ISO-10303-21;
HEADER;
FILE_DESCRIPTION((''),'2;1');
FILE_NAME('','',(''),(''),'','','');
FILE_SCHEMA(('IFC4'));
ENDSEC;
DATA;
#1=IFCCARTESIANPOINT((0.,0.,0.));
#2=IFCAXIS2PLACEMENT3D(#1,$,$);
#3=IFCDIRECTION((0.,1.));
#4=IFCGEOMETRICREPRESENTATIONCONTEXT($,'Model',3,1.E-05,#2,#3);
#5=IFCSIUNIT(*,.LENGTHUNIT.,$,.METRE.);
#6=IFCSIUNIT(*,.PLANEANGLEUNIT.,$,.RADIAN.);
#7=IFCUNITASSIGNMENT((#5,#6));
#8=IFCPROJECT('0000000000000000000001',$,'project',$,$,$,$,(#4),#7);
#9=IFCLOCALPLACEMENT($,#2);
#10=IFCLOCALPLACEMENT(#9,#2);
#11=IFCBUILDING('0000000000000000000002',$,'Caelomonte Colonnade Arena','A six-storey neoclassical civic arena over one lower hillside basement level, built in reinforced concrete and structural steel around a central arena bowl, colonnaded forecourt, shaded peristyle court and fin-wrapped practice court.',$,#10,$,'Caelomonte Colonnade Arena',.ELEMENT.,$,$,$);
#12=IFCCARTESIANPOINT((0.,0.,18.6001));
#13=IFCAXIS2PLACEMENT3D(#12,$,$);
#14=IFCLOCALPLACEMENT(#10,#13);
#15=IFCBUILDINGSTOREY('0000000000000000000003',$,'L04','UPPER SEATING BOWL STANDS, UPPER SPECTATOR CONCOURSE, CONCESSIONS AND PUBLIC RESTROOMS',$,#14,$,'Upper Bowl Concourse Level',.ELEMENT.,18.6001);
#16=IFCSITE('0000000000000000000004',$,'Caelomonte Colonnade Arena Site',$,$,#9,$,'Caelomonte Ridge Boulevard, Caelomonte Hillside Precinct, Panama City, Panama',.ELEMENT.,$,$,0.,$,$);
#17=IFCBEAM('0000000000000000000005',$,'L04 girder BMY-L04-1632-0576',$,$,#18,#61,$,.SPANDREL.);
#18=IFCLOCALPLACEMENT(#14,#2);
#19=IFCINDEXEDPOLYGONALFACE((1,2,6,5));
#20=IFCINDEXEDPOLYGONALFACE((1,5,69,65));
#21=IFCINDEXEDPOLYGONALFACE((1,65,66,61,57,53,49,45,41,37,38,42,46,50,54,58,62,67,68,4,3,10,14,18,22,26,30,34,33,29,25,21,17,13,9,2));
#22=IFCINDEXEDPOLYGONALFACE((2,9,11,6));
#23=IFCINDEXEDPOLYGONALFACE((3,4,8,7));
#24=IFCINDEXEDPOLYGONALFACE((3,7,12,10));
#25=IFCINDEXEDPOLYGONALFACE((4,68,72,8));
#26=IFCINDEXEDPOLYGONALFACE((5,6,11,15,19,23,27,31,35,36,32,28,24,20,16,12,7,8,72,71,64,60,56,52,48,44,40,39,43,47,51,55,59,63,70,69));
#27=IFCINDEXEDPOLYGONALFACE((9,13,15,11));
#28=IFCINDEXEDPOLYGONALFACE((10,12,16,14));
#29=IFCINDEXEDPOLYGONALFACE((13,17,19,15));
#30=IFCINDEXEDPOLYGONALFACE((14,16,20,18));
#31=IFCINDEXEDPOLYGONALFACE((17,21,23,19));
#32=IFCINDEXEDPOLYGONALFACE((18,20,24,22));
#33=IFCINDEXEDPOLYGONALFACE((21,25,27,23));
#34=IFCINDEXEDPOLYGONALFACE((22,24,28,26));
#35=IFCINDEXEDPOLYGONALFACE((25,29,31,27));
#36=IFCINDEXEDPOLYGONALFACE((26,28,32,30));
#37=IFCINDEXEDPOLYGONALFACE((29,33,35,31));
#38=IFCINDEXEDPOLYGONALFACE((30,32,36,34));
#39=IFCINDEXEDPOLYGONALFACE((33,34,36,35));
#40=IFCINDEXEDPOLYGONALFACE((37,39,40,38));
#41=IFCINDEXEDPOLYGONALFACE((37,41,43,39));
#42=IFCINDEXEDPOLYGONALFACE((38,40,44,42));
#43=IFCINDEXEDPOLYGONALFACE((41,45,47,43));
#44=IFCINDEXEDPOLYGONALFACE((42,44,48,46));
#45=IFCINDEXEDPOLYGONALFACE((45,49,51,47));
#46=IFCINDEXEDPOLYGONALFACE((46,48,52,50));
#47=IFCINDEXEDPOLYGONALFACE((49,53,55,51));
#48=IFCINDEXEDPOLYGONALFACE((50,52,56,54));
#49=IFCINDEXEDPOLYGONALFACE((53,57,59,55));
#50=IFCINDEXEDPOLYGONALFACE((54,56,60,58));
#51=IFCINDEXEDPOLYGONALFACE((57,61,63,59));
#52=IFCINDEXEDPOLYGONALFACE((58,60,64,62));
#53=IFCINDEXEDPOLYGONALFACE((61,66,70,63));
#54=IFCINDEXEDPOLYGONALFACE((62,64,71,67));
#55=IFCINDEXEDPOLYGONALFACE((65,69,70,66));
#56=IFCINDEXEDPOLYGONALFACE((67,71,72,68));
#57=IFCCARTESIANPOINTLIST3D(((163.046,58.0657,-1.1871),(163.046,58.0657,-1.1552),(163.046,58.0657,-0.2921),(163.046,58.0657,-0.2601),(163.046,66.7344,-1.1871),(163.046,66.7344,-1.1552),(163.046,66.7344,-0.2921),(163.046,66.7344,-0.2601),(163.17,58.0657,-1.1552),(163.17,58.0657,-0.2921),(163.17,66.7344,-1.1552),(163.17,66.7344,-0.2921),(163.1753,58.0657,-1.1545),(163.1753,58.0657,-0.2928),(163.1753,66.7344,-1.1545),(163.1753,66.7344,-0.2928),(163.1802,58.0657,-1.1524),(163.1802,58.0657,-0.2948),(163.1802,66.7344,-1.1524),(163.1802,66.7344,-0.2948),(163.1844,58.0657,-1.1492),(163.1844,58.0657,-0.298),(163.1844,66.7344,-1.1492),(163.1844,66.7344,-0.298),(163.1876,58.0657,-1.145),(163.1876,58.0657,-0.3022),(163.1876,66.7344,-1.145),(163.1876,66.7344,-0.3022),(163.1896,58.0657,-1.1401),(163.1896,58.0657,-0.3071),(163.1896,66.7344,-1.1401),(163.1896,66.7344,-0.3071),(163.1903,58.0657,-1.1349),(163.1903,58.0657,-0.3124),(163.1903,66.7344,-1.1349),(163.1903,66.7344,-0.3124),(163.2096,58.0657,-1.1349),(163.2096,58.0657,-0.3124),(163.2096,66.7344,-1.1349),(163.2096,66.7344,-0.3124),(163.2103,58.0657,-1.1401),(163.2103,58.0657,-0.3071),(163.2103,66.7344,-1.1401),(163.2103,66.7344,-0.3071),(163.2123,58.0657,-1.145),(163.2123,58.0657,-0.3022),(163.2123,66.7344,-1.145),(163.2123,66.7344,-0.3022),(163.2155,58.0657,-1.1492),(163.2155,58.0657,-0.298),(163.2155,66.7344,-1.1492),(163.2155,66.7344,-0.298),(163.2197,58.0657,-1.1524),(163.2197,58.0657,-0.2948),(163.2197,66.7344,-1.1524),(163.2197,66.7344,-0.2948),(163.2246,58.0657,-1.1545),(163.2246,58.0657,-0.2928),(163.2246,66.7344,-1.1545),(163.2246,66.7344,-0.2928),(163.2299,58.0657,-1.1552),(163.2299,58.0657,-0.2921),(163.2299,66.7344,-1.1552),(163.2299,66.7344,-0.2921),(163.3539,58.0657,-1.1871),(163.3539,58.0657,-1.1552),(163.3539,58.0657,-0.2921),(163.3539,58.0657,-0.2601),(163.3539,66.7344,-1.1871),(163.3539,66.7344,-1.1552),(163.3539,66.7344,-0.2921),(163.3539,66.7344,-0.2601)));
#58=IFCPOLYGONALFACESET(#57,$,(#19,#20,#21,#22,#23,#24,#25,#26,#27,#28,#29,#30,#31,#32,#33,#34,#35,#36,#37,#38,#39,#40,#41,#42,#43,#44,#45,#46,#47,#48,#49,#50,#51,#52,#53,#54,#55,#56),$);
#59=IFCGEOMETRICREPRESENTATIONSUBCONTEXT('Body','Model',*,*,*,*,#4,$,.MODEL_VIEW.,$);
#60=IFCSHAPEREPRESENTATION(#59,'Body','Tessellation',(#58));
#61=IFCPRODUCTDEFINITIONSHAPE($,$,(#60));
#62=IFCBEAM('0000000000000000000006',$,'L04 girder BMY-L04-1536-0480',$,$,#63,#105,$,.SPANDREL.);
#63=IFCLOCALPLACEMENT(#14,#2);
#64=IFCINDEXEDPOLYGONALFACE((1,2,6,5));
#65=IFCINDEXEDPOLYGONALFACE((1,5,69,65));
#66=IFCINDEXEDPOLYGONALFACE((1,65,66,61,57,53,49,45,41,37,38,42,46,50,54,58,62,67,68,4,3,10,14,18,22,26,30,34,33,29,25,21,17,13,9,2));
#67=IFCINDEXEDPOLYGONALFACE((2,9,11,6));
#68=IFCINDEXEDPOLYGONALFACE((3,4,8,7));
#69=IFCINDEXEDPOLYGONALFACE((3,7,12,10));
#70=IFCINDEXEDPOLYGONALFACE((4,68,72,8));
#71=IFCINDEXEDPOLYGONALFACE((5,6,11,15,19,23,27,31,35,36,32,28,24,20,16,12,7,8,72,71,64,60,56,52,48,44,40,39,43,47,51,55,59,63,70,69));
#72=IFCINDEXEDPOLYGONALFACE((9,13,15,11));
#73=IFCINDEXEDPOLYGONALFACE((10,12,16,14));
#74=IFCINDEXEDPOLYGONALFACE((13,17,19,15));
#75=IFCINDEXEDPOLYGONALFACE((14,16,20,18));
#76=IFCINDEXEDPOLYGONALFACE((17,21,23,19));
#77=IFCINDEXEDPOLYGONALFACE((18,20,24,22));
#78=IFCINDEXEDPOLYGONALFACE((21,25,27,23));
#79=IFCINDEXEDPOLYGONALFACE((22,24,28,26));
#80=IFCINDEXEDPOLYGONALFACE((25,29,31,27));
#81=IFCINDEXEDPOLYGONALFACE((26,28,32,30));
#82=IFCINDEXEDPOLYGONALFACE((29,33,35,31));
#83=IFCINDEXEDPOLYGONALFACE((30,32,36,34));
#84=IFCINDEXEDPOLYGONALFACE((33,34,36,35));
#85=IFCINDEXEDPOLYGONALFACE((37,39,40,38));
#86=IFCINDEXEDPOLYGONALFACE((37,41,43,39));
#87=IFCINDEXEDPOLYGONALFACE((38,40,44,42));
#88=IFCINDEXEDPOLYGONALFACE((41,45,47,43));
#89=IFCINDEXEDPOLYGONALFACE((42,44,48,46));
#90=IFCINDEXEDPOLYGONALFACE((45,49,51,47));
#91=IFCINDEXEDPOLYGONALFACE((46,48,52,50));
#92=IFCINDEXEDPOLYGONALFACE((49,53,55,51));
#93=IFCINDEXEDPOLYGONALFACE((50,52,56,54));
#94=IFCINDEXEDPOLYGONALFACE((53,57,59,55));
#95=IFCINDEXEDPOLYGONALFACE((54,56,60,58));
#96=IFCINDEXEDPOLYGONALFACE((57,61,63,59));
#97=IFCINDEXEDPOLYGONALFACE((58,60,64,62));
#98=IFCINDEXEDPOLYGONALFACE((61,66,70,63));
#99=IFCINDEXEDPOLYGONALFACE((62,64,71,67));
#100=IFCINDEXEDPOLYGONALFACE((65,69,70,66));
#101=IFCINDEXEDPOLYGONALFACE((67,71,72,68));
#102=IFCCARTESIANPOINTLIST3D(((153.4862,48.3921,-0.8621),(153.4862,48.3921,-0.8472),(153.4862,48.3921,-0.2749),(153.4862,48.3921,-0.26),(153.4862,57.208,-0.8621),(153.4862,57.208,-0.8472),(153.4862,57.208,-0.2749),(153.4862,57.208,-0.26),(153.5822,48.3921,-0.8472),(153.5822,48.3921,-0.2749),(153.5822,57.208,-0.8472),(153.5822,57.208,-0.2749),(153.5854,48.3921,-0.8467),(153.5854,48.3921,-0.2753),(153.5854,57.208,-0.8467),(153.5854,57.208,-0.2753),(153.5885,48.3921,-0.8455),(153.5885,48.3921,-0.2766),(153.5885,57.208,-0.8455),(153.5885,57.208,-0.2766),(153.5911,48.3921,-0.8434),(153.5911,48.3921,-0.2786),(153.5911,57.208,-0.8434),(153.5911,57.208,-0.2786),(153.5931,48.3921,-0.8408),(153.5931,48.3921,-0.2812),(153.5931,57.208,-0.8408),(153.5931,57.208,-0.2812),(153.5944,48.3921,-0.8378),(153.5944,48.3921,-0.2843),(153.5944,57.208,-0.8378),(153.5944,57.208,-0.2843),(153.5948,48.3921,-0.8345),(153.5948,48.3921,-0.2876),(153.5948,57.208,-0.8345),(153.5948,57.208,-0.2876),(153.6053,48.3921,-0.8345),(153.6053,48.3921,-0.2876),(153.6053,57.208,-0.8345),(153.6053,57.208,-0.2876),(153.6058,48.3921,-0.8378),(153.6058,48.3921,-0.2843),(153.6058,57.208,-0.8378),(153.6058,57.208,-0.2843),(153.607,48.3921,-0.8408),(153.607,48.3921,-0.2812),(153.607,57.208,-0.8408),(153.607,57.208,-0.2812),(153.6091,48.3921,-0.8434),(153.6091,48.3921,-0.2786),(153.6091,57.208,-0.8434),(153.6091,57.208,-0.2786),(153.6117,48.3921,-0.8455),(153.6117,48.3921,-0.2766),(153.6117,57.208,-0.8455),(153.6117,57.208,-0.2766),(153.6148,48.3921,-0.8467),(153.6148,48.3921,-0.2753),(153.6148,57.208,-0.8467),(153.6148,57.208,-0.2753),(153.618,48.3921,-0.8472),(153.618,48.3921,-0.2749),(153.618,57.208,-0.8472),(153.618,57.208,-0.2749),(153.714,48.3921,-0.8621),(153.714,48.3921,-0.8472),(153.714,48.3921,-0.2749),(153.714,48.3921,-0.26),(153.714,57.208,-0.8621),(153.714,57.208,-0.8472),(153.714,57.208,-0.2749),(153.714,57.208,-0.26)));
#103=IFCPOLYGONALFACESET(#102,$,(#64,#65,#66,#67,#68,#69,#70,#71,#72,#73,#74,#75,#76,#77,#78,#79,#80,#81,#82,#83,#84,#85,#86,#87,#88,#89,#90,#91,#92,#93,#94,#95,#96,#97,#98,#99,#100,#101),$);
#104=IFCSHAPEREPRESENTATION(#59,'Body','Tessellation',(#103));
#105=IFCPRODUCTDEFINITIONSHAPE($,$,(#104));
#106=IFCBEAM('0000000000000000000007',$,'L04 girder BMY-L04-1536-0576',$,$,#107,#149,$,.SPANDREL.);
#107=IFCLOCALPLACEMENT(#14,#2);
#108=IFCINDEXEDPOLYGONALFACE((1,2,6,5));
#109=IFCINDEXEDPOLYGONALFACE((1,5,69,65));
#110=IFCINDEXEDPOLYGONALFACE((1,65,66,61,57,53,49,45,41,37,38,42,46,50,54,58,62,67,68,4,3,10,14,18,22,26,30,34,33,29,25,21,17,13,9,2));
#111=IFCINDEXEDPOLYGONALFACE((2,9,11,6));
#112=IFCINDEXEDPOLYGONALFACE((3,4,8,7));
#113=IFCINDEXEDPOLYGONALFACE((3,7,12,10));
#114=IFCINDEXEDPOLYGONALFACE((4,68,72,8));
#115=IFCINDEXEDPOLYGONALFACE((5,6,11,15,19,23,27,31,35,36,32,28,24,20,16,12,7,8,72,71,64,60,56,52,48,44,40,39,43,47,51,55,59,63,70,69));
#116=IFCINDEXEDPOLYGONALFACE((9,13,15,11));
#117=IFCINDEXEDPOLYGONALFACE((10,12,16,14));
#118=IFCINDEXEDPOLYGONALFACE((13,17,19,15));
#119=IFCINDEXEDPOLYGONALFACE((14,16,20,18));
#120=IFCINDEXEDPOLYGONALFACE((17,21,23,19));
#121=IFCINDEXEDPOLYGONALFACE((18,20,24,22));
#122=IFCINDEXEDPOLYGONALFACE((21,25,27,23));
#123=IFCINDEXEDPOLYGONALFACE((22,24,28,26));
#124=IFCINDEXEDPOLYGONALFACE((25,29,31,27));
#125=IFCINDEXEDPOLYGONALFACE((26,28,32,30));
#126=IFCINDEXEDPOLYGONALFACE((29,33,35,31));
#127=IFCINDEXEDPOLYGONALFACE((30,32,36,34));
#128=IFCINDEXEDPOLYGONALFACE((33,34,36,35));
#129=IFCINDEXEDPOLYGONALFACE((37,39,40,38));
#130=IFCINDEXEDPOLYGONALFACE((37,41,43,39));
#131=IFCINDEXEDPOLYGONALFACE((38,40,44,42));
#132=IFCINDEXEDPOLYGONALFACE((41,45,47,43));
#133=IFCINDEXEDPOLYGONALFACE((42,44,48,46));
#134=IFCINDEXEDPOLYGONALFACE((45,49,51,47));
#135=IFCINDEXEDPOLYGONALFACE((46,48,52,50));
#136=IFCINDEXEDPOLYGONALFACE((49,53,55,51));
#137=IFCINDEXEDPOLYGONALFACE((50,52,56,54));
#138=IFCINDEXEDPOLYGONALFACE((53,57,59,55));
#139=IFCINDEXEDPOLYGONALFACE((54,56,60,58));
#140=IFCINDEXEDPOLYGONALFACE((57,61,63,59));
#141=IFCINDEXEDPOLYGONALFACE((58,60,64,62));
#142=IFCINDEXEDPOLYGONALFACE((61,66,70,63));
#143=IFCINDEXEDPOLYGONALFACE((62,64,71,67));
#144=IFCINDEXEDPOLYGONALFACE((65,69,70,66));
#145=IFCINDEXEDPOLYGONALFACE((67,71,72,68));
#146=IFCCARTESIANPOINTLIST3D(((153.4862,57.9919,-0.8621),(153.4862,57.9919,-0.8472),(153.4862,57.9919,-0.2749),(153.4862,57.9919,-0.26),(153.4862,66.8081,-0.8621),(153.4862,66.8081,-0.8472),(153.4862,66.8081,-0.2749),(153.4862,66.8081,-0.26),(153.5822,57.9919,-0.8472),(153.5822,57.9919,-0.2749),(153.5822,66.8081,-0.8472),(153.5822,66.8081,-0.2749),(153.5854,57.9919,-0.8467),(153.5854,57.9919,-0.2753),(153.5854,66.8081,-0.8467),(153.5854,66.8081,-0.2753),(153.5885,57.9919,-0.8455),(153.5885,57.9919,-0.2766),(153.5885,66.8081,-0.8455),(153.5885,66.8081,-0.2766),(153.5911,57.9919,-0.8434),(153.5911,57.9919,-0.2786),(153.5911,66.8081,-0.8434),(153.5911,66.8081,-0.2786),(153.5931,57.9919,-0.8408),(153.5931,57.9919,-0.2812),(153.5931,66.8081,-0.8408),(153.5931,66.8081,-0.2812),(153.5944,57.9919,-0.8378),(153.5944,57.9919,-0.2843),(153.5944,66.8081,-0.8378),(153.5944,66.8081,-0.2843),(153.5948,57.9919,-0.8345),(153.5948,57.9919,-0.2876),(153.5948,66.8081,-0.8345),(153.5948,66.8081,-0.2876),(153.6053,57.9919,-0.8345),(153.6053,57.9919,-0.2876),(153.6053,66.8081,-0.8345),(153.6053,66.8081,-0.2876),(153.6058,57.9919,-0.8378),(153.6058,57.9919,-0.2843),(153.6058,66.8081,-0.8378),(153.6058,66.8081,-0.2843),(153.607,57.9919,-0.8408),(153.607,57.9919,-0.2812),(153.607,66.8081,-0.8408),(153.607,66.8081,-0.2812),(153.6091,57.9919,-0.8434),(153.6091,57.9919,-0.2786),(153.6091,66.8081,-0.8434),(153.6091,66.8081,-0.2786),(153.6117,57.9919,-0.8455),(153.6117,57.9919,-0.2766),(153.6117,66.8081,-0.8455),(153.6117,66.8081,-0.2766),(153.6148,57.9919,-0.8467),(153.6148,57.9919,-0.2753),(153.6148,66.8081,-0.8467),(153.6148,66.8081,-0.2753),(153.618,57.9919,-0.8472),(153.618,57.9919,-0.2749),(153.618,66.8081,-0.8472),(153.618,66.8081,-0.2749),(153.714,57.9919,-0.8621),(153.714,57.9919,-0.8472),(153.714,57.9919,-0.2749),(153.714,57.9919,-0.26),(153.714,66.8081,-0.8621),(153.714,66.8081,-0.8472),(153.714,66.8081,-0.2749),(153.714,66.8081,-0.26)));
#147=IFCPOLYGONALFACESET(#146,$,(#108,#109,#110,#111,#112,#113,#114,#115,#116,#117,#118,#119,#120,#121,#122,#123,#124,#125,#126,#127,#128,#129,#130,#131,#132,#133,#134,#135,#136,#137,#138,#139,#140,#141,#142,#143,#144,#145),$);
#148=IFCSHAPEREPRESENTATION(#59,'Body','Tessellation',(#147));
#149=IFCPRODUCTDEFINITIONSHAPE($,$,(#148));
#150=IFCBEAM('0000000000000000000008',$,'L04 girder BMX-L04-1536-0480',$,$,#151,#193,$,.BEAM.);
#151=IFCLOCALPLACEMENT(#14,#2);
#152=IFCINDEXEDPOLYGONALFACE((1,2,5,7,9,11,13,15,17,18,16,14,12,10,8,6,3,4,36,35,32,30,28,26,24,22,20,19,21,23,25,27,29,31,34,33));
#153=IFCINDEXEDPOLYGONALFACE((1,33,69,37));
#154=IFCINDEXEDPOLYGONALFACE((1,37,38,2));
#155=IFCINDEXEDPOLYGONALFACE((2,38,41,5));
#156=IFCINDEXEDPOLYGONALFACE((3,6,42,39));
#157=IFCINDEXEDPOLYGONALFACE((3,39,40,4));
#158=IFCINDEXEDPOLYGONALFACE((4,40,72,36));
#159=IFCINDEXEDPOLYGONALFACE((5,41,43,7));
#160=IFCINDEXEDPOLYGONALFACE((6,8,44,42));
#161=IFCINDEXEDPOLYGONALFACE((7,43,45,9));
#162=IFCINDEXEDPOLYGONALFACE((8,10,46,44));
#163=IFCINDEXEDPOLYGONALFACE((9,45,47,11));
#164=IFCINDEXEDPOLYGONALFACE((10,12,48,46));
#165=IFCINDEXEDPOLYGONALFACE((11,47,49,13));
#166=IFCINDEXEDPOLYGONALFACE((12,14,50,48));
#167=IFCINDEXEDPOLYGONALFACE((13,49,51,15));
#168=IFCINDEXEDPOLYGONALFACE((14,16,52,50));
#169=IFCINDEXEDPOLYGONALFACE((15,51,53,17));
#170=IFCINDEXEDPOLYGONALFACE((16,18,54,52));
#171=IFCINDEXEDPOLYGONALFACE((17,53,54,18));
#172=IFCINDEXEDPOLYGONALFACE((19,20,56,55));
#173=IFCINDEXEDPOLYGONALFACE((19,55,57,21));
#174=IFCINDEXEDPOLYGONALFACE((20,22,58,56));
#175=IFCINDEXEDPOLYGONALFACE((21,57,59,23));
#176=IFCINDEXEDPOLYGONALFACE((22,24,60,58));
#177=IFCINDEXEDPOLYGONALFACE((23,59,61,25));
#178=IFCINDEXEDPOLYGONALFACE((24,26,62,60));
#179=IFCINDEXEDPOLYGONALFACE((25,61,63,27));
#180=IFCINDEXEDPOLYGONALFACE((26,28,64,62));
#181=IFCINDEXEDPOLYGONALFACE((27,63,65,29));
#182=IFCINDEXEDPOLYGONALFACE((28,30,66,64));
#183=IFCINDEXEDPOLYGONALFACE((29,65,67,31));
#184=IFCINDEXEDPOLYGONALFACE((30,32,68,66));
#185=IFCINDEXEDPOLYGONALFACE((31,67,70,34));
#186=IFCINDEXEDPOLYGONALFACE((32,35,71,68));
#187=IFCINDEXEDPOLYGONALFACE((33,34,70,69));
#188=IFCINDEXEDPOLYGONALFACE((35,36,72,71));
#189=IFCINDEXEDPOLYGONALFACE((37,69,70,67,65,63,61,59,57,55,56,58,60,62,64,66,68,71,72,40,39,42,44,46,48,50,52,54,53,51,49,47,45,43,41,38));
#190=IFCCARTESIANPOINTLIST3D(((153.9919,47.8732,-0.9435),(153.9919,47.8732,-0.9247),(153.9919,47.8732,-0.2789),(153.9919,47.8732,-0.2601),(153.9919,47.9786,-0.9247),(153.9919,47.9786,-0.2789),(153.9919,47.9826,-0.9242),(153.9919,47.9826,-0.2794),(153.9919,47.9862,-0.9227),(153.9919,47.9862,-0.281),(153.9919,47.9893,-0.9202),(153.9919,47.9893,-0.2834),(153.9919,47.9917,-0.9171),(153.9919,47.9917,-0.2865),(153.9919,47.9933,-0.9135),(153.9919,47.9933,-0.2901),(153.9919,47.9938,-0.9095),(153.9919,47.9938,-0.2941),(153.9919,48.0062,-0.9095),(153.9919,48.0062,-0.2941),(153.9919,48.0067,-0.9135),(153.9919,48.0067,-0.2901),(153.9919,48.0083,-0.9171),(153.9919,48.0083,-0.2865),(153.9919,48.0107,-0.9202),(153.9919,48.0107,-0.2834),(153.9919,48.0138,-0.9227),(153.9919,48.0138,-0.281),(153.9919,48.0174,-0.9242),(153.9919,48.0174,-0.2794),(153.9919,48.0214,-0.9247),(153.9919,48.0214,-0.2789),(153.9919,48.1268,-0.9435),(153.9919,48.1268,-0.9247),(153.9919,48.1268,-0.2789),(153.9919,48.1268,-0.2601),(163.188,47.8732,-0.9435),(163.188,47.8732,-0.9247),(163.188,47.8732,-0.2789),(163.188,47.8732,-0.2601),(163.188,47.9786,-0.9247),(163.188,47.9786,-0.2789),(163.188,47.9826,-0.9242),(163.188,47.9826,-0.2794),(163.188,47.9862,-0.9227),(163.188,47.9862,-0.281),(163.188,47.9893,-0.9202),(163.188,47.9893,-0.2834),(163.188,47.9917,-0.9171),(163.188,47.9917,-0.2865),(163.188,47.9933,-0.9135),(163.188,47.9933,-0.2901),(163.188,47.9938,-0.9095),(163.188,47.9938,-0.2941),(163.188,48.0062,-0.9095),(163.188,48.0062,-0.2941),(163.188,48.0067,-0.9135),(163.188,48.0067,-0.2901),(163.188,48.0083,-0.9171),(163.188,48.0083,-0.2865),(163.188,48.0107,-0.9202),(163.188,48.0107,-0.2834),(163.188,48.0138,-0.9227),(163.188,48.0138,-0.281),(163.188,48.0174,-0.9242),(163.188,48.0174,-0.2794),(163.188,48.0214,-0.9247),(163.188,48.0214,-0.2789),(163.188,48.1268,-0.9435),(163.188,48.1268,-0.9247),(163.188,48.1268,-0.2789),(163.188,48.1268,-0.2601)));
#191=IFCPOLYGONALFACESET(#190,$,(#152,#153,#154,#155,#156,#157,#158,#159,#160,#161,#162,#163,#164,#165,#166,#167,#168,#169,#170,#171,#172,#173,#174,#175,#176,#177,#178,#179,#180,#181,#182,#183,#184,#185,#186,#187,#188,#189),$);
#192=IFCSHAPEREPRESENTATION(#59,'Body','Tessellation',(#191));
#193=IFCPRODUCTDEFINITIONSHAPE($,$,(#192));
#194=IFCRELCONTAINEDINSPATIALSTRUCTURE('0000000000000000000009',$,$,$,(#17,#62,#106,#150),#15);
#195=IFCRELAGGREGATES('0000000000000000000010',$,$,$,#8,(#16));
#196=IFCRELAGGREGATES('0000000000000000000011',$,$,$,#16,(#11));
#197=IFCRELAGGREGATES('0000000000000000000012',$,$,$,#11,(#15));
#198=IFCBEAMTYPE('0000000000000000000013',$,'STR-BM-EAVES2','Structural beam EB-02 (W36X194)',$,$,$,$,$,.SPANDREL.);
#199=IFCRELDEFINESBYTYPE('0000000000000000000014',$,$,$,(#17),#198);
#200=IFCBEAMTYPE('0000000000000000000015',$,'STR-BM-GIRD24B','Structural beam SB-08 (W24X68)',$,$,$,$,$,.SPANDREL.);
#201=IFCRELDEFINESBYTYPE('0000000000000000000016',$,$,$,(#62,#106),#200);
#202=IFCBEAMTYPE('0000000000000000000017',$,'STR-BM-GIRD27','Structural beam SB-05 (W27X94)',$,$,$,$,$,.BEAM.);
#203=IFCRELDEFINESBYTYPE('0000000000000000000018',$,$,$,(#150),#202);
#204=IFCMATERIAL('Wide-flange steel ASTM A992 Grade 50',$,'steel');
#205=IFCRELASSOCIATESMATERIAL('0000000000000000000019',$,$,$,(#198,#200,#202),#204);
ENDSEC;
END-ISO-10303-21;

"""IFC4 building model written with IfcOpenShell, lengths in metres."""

from ifc_helpers import new_model, si_unit, direction, frame, origin, origin_2d, place, context, subcontext, project, spatial, i_section, extrude, material, material_profile, profile_set, type_object, element, save


model = new_model("IFC4")

# Units and contexts
model_context = context("Model", 3, precision=1e-05, world=origin(), true_north=direction((0.0, 1.0)))
body_context = subcontext(model_context, "Body", "Model", "MODEL_VIEW")
ifc_project = project(units=[si_unit("LENGTHUNIT", "METRE"), si_unit("PLANEANGLEUNIT", "RADIAN")], contexts=[model_context])

# Site, building, storey
site_placement = place(None, origin())
site = spatial("IfcSite", under=ifc_project, at=site_placement, Name="Caelomonte Colonnade Arena Site", LongName="Caelomonte Ridge Boulevard, Caelomonte Hillside Precinct, Panama City, Panama", CompositionType="ELEMENT", RefElevation=0.0)
building_placement = place(site_placement, origin())
building = spatial("IfcBuilding", under=site, at=building_placement, Name="Caelomonte Colonnade Arena", Description="A six-storey neoclassical civic arena over one lower hillside basement level, built in reinforced concrete and structural steel around a central arena bowl, colonnaded forecourt, shaded peristyle court and fin-wrapped practice court.", LongName="Caelomonte Colonnade Arena", CompositionType="ELEMENT")
storey_placement = place(building_placement, frame((0.0, 0.0, 18.6001)))
storey = spatial("IfcBuildingStorey", under=building, at=storey_placement, Name="L04", Description="UPPER SEATING BOWL STANDS, UPPER SPECTATOR CONCOURSE, CONCESSIONS AND PUBLIC RESTROOMS", LongName="Upper Bowl Concourse Level", CompositionType="ELEMENT", Elevation=18.6001)

# Shared definitions
ifc_material_1 = material(Name="Wide-flange steel ASTM A992 Grade 50", Category="steel")

# Beams
ifc_material_profile_1 = material_profile(ifc_material_1, i_section(OverallWidth=0.3079, OverallDepth=0.927, WebThickness=0.0193, FlangeThickness=0.032, FilletRadius=0.0203, at=origin_2d()), Name="W36X194")
ifc_profile_set_1 = profile_set([ifc_material_profile_1], Name="Wide-flange steel ASTM A992 Grade 50")
beam_type_1 = type_object("IfcBeamType", Name="STR-BM-EAVES2", Description="Structural beam EB-02 (W36X194)", PredefinedType="SPANDREL", material=ifc_profile_set_1)
beam_1_placement = place(storey_placement, frame((163.2, 58.0657, -0.7236), z_axis=(0.0, 1.0, 0.0), x_axis=(-1.0, 0.0, 0.0)))
element("IfcBeam", 1, at=beam_1_placement, inside=storey, type_object=beam_type_1, Name="L04 girder BMY-L04-1632-0576", PredefinedType="SPANDREL", context=body_context, shape_type="SweptSolid", body=[
    extrude(i_section(OverallWidth=0.3079, OverallDepth=0.927, WebThickness=0.0193, FlangeThickness=0.032, FilletRadius=0.0203, at=origin_2d()), origin(), (0.0, 0.0, 1.0), 8.6687),
])
ifc_material_profile_2 = material_profile(ifc_material_1, i_section(OverallWidth=0.2278, OverallDepth=0.6021, WebThickness=0.0105, FlangeThickness=0.0149, FilletRadius=0.0127, at=origin_2d()), Name="W24X68")
ifc_profile_set_2 = profile_set([ifc_material_profile_2], Name="Wide-flange steel ASTM A992 Grade 50")
beam_type_2 = type_object("IfcBeamType", Name="STR-BM-GIRD24B", Description="Structural beam SB-08 (W24X68)", PredefinedType="SPANDREL", material=ifc_profile_set_2)
beam_2_placement = place(storey_placement, frame((153.6001, 48.3921, -0.561), z_axis=(0.0, 1.0, 0.0), x_axis=(-1.0, 0.0, 0.0)))
element("IfcBeam", 2, at=beam_2_placement, inside=storey, type_object=beam_type_2, Name="L04 girder BMY-L04-1536-0480", PredefinedType="SPANDREL", context=body_context, shape_type="SweptSolid", body=[
    extrude(i_section(OverallWidth=0.2278, OverallDepth=0.6021, WebThickness=0.0105, FlangeThickness=0.0149, FilletRadius=0.0127, at=origin_2d()), origin(), (0.0, 0.0, 1.0), 8.8159),
])
beam_3_placement = place(storey_placement, frame((153.6001, 57.9919, -0.561), z_axis=(0.0, 1.0, 0.0), x_axis=(-1.0, 0.0, 0.0)))
element("IfcBeam", 3, at=beam_3_placement, inside=storey, type_object=beam_type_2, Name="L04 girder BMY-L04-1536-0576", PredefinedType="SPANDREL", context=body_context, shape_type="SweptSolid", body=[
    extrude(i_section(OverallWidth=0.2278, OverallDepth=0.6021, WebThickness=0.0105, FlangeThickness=0.0149, FilletRadius=0.0127, at=origin_2d()), origin(), (0.0, 0.0, 1.0), 8.8162),
])
ifc_material_profile_3 = material_profile(ifc_material_1, i_section(OverallWidth=0.2537, OverallDepth=0.6833, WebThickness=0.0125, FlangeThickness=0.0188, FilletRadius=0.0151, at=origin_2d()), Name="W27X94")
ifc_profile_set_3 = profile_set([ifc_material_profile_3], Name="Wide-flange steel ASTM A992 Grade 50")
beam_type_3 = type_object("IfcBeamType", Name="STR-BM-GIRD27", Description="Structural beam SB-05 (W27X94)", PredefinedType="BEAM", material=ifc_profile_set_3)
beam_4_placement = place(storey_placement, frame((153.9919, 48.0, -0.6018), z_axis=(1.0, 0.0, 0.0), x_axis=(0.0, 1.0, 0.0)))
element("IfcBeam", 4, at=beam_4_placement, inside=storey, type_object=beam_type_3, Name="L04 girder BMX-L04-1536-0480", PredefinedType="BEAM", context=body_context, shape_type="SweptSolid", body=[
    extrude(i_section(OverallWidth=0.2537, OverallDepth=0.6833, WebThickness=0.0125, FlangeThickness=0.0188, FilletRadius=0.0151, at=origin_2d()), origin(), (0.0, 0.0, 1.0), 9.196),
])

save(model, "model.ifc")
